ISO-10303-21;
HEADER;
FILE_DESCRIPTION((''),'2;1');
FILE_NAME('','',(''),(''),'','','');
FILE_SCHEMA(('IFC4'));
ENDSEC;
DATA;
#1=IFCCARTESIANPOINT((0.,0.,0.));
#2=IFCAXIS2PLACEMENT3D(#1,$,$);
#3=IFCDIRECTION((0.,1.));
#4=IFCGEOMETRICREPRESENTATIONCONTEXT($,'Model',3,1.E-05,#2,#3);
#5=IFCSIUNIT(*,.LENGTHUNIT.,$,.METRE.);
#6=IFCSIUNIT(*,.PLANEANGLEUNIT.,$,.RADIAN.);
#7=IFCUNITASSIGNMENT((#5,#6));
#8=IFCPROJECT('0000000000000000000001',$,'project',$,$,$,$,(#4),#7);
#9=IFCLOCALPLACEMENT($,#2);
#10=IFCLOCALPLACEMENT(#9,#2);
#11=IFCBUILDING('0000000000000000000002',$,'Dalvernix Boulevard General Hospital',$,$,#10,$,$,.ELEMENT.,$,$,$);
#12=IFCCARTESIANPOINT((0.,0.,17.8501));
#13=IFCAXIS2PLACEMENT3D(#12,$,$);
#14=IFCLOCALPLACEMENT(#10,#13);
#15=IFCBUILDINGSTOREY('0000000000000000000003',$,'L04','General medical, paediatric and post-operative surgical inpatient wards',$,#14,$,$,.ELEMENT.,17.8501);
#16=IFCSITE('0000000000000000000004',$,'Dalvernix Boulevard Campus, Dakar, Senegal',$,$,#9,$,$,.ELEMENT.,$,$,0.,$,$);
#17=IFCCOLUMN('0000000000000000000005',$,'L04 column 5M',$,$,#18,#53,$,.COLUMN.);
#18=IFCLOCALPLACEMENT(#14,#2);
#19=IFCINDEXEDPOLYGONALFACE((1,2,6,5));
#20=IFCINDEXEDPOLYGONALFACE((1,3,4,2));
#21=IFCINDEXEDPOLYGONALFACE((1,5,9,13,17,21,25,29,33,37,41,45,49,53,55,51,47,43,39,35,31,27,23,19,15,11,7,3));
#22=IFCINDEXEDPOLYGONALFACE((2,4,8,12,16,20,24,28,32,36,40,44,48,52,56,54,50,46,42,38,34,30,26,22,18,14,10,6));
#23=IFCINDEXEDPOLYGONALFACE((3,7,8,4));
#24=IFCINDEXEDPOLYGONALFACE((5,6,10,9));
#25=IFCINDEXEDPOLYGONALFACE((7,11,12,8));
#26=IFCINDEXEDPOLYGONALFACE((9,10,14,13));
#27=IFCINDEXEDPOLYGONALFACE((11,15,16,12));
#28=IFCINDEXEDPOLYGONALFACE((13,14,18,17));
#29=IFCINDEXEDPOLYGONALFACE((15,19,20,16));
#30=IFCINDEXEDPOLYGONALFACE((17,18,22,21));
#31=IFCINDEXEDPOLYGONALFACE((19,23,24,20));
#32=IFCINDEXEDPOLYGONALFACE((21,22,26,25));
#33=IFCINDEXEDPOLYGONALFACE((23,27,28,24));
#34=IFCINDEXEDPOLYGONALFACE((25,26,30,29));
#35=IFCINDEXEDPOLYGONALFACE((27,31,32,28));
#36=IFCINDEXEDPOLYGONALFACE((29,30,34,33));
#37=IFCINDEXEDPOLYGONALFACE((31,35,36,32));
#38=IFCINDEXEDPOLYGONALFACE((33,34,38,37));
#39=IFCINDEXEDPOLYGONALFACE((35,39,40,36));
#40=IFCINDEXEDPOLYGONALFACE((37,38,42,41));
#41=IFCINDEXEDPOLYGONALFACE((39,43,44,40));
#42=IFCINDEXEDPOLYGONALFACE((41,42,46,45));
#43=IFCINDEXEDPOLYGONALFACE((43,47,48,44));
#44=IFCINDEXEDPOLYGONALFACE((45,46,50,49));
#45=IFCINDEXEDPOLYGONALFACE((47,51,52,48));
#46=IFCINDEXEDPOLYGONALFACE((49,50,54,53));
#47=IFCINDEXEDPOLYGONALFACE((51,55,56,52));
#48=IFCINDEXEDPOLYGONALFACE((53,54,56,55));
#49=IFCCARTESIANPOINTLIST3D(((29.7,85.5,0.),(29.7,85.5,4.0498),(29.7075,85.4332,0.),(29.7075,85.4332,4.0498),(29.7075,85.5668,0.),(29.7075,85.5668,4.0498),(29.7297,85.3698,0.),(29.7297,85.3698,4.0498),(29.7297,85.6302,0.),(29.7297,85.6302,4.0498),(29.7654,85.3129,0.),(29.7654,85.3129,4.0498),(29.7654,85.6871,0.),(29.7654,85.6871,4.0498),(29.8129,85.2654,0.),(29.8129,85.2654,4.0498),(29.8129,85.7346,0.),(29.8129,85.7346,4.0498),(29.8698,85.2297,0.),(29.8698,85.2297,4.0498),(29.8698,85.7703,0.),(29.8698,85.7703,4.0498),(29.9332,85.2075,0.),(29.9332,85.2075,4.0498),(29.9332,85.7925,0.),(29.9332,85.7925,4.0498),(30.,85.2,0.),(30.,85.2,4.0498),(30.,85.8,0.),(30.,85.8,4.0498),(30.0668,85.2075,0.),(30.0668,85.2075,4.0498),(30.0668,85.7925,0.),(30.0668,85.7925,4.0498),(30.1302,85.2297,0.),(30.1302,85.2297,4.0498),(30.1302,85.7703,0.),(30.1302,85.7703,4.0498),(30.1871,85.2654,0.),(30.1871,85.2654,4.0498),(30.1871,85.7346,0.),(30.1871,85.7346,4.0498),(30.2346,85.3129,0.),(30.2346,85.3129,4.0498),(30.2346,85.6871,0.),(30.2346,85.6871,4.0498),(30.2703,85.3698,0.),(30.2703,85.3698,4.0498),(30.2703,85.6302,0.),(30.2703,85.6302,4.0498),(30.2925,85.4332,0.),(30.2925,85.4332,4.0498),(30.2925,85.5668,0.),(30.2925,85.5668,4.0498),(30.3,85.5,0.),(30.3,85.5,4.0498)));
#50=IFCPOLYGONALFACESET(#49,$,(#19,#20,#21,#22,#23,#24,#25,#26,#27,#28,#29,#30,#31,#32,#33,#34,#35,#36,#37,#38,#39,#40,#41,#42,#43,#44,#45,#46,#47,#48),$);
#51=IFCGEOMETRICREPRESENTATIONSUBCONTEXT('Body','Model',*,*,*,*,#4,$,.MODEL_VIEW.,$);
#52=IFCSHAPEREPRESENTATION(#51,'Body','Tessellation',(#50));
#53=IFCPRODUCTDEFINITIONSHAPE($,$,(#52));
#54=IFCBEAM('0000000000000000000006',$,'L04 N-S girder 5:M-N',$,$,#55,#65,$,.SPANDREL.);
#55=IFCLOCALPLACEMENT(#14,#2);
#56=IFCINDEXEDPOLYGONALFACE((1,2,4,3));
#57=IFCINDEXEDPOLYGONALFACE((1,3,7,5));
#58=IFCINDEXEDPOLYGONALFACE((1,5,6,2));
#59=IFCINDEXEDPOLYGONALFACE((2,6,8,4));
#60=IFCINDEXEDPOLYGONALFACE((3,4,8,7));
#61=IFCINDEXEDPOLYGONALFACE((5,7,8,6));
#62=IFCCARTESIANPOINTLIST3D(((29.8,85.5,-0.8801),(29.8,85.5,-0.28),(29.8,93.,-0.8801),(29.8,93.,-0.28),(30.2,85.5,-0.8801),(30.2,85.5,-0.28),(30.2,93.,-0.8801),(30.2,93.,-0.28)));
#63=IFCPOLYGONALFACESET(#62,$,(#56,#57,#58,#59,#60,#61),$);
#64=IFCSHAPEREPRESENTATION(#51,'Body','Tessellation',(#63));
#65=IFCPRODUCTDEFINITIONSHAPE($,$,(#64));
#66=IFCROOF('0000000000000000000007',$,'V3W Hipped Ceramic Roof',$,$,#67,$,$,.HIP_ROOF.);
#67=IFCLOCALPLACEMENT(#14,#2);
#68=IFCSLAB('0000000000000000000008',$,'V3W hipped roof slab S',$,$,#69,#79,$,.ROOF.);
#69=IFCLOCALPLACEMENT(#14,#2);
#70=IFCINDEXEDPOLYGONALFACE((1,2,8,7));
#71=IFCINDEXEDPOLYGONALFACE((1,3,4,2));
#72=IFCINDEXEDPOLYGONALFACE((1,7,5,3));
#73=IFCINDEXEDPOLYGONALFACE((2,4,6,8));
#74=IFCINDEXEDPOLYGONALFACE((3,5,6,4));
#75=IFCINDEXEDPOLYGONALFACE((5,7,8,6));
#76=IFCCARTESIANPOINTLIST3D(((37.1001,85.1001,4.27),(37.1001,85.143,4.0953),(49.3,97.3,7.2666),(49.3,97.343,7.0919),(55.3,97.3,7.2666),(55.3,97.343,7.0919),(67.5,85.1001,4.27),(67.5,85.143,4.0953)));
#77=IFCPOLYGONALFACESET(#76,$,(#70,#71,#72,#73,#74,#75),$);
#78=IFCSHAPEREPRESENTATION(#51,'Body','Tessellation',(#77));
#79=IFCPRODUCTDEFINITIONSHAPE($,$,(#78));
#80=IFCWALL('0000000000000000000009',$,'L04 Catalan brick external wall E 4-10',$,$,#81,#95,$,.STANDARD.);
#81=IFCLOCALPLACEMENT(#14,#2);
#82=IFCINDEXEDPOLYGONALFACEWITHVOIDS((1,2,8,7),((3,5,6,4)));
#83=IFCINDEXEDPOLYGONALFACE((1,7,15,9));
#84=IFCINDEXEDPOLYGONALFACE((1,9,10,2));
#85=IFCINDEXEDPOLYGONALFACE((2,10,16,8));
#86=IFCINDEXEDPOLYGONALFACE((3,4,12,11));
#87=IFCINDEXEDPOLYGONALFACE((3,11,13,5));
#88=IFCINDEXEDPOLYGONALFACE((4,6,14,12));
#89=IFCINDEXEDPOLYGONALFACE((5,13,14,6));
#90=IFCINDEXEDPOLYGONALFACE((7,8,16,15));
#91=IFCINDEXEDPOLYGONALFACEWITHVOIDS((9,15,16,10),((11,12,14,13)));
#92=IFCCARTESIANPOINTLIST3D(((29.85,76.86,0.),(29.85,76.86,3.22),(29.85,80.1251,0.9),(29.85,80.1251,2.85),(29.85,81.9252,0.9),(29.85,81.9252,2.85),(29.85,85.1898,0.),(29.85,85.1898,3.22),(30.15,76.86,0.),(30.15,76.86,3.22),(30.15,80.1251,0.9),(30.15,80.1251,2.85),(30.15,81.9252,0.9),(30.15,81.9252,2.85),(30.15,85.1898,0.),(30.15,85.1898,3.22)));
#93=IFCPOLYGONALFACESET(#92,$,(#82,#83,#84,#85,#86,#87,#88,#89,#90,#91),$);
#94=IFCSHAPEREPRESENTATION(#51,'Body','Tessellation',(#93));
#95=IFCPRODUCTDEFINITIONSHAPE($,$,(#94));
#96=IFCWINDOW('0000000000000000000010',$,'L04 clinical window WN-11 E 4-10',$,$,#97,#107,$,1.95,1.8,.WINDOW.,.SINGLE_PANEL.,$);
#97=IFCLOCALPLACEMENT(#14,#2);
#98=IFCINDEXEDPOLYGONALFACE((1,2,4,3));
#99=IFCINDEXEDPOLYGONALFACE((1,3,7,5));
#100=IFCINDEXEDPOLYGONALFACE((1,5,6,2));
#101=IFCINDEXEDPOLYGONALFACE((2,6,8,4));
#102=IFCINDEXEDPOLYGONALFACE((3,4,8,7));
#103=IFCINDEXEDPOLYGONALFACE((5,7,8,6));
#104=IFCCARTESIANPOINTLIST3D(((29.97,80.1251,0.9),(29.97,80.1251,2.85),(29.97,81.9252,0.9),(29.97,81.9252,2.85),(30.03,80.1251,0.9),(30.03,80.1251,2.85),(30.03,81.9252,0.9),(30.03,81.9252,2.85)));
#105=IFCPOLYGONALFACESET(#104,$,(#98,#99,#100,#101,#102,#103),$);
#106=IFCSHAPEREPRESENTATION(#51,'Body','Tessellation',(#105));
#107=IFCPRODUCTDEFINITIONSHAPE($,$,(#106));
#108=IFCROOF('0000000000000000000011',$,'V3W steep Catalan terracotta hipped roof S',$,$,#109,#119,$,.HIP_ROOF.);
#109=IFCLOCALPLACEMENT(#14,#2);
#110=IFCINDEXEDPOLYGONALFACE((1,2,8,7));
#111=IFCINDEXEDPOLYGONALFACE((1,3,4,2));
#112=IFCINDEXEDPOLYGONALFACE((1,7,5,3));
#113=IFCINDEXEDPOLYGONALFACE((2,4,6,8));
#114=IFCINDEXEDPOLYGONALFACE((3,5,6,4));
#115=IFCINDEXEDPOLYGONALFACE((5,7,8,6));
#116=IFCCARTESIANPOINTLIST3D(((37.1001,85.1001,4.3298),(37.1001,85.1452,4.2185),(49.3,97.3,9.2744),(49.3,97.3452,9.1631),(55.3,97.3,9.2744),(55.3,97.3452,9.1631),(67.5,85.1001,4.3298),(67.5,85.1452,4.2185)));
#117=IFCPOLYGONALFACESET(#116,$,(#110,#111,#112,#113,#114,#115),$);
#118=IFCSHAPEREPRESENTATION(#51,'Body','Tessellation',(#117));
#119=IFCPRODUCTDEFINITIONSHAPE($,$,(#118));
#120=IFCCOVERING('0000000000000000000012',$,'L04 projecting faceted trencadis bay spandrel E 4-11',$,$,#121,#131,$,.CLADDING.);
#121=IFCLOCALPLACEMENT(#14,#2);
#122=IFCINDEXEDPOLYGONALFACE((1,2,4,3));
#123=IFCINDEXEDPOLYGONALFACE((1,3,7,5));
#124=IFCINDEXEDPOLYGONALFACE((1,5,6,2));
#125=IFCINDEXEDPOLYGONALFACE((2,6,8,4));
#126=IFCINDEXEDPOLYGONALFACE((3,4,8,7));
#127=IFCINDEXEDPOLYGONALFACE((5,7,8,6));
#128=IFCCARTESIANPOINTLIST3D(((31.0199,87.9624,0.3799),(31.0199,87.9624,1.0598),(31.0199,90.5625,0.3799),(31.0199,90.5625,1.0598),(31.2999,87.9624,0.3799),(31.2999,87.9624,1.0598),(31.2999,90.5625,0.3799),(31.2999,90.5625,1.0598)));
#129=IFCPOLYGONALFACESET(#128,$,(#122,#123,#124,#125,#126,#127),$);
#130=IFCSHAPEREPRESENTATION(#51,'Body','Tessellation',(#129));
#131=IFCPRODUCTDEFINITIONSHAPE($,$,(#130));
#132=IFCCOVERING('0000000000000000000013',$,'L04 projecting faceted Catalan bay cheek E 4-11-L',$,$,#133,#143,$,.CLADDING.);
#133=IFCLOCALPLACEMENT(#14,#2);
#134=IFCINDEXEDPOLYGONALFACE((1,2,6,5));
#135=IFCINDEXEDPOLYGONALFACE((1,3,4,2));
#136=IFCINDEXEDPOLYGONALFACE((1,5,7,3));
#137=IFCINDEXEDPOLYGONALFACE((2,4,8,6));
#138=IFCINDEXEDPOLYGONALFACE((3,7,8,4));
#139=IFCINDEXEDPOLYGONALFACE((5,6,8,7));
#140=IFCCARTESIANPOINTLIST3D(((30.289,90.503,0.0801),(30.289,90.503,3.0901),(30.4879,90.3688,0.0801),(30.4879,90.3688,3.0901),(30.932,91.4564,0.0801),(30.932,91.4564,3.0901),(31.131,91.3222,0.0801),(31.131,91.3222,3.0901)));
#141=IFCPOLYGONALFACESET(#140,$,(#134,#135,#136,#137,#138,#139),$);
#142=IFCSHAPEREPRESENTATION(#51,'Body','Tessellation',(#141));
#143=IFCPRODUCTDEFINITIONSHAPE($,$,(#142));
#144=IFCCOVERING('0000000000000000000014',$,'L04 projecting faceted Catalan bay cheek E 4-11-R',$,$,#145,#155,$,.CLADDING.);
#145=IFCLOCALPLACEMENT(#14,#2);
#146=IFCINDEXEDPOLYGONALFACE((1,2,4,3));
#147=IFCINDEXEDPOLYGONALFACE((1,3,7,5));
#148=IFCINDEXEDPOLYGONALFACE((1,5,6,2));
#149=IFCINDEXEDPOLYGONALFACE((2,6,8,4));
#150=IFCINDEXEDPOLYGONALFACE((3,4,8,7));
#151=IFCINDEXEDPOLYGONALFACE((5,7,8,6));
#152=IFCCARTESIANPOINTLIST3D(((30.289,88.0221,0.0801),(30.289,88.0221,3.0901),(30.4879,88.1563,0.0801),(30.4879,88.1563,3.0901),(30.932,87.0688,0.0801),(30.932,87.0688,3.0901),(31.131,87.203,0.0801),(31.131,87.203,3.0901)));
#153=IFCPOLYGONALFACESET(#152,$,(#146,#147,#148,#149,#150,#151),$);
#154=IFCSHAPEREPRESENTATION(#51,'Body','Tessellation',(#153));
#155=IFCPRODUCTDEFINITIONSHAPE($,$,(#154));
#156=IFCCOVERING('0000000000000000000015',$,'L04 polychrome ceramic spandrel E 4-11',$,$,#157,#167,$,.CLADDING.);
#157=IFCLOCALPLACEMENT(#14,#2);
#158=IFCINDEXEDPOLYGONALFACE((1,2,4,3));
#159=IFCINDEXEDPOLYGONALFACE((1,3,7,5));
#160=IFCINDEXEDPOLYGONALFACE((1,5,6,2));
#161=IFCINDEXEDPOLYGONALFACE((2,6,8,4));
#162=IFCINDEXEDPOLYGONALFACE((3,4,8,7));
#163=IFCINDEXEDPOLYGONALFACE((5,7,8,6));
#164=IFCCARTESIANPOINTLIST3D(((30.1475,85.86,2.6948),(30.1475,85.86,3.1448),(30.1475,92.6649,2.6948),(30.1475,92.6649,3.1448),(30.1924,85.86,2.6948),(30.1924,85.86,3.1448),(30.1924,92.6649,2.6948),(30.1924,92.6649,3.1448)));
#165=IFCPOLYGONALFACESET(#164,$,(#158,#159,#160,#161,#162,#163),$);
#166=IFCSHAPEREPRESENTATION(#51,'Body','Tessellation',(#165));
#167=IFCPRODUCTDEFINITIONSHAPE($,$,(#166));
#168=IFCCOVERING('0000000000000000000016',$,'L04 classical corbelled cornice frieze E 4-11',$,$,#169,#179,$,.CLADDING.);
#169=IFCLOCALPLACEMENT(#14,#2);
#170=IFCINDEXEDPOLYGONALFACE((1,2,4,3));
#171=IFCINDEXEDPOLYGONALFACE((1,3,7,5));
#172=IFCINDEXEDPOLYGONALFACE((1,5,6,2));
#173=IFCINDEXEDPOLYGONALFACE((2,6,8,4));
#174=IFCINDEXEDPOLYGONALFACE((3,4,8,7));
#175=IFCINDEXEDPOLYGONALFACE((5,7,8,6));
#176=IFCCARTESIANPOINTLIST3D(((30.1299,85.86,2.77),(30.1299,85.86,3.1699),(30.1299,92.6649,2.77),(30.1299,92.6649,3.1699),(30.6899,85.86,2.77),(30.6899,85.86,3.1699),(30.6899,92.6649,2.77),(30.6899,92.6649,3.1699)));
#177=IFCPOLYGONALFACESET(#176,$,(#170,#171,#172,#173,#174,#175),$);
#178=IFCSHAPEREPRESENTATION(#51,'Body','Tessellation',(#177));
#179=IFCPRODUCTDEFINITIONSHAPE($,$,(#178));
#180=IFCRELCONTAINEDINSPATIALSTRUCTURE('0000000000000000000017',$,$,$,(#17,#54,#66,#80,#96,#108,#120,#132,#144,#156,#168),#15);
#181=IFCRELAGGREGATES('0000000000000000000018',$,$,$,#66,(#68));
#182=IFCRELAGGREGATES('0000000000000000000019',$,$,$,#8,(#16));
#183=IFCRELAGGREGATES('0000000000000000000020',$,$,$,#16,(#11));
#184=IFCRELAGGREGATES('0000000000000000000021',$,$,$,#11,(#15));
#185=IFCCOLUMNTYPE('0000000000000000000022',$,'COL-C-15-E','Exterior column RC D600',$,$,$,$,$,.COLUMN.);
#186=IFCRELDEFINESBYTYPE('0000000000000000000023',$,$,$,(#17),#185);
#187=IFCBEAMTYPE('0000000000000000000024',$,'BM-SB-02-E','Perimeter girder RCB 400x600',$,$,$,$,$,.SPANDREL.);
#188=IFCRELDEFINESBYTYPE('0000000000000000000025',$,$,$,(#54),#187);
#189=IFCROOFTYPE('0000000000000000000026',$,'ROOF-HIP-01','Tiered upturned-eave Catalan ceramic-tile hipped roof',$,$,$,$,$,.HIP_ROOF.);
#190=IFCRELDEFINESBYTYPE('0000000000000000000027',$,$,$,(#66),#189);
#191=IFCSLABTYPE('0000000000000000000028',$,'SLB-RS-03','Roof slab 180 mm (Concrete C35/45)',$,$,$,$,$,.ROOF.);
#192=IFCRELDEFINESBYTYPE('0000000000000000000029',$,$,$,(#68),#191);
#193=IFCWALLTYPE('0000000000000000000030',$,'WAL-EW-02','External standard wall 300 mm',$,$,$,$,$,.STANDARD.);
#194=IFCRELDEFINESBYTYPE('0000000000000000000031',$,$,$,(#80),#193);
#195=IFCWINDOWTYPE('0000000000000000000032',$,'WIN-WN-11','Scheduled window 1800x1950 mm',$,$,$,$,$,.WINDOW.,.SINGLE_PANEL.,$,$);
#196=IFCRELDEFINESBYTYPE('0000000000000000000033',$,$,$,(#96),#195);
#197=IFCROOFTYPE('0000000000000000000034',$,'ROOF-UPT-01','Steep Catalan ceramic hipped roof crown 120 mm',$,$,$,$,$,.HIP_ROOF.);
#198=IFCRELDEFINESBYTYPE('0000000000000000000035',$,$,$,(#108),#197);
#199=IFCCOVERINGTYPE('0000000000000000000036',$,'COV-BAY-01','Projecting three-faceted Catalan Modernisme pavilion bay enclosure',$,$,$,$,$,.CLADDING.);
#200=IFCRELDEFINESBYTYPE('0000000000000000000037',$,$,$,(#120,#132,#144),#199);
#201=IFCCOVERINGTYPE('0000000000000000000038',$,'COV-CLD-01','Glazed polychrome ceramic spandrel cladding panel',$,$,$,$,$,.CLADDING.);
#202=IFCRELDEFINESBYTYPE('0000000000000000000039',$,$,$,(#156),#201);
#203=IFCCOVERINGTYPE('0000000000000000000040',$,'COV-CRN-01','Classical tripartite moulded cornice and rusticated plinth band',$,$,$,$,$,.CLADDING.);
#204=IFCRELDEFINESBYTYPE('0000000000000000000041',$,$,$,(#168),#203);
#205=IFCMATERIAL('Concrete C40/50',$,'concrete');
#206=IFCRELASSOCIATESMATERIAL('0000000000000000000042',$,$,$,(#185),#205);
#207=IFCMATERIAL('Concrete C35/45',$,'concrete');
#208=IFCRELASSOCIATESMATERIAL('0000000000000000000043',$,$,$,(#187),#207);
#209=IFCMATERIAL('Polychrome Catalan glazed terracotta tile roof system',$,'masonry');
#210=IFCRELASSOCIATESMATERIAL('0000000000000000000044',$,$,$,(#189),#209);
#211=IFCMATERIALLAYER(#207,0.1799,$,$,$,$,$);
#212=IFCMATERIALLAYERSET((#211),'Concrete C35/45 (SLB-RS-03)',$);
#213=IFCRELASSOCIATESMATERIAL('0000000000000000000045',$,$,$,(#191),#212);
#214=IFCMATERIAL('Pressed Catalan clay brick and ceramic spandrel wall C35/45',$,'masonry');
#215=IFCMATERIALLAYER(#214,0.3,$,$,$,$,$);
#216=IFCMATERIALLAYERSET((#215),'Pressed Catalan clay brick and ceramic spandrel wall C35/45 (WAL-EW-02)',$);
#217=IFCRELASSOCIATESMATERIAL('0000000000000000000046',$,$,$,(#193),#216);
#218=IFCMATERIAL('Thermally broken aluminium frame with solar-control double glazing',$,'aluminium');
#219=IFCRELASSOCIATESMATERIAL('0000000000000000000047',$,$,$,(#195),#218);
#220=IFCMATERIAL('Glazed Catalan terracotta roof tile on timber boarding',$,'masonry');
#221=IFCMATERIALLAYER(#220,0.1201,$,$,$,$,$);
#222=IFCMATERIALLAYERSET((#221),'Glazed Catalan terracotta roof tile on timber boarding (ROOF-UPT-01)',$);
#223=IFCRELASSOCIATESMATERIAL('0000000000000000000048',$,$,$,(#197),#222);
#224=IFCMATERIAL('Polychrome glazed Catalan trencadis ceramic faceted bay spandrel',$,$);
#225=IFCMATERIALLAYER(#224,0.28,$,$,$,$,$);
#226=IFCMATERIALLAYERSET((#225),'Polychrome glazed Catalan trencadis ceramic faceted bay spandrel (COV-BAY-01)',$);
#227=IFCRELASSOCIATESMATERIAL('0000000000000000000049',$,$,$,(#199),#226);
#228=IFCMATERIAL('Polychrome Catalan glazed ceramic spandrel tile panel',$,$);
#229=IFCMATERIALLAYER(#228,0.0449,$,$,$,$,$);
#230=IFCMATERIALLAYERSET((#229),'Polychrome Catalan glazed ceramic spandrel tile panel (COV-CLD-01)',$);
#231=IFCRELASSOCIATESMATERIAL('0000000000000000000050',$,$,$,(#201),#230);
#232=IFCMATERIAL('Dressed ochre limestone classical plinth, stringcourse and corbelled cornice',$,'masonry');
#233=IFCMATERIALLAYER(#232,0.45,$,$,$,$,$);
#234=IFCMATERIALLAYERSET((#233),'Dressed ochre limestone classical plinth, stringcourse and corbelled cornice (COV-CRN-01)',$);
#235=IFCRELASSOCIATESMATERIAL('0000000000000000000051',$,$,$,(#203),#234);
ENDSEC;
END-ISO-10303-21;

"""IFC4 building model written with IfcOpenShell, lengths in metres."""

from ifc_helpers import new_model, si_unit, direction, frame, frame_2d, origin, origin_2d, place, context, subcontext, project, spatial, polyline, rectangle, circle, outline, extrude, material, layer, layer_set, material_profile, profile_set, type_object, element, fill, aggregate, save


model = new_model("IFC4")

# Units and contexts
model_context = context("Model", 3, precision=1e-05, world=origin(), true_north=direction((0.0, 1.0)))
body_context = subcontext(model_context, "Body", "Model", "MODEL_VIEW")
ifc_project = project(units=[si_unit("LENGTHUNIT", "METRE"), si_unit("PLANEANGLEUNIT", "RADIAN")], contexts=[model_context])

# Site, building, storey
site_placement = place(None, origin())
site = spatial("IfcSite", under=ifc_project, at=site_placement, Name="Dalvernix Boulevard Campus, Dakar, Senegal", CompositionType="ELEMENT", RefElevation=0.0)
building_placement = place(site_placement, origin())
building = spatial("IfcBuilding", under=site, at=building_placement, Name="Dalvernix Boulevard General Hospital", CompositionType="ELEMENT")
storey_placement = place(building_placement, frame((0.0, 0.0, 17.8501)))
storey = spatial("IfcBuildingStorey", under=building, at=storey_placement, Name="L04", Description="General medical, paediatric and post-operative surgical inpatient wards", CompositionType="ELEMENT", Elevation=17.8501)

# Column
ifc_material_1 = material(Name="Concrete C40/50", Category="concrete")
ifc_material_profile_1 = material_profile(ifc_material_1, circle(Radius=0.3, at=origin_2d()), Name="RC D600")
ifc_profile_set_1 = profile_set([ifc_material_profile_1], Name="Concrete C40/50")
column_type = type_object("IfcColumnType", Name="COL-C-15-E", Description="Exterior column RC D600", PredefinedType="COLUMN", material=ifc_profile_set_1)
column_placement = place(storey_placement, frame((30.0, 85.5, 0.0), z_axis=(0.0, 0.0, 1.0), x_axis=(1.0, 0.0, 0.0)))
element("IfcColumn", 1, at=column_placement, inside=storey, type_object=column_type, Name="L04 column 5M", PredefinedType="COLUMN", context=body_context, shape_type="SweptSolid", body=[
    extrude(circle(Radius=0.3, at=origin_2d()), origin(), (0.0, 0.0, 1.0), 4.0498),
])

# Beam
ifc_material_2 = material(Name="Concrete C35/45", Category="concrete")
ifc_material_profile_2 = material_profile(ifc_material_2, rectangle(XDim=0.3999, YDim=0.6001, at=origin_2d()), Name="RCB 400x600")
ifc_profile_set_2 = profile_set([ifc_material_profile_2], Name="Concrete C35/45")
beam_type = type_object("IfcBeamType", Name="BM-SB-02-E", Description="Perimeter girder RCB 400x600", PredefinedType="SPANDREL", material=ifc_profile_set_2)
beam_placement = place(storey_placement, frame((30.0, 85.5, -0.5801), z_axis=(0.0, 1.0, 0.0), x_axis=(-1.0, 0.0, 0.0)))
element("IfcBeam", 2, at=beam_placement, inside=storey, type_object=beam_type, Name="L04 N-S girder 5:M-N", PredefinedType="SPANDREL", context=body_context, shape_type="SweptSolid", body=[
    extrude(rectangle(XDim=0.3999, YDim=0.6001, at=origin_2d()), origin(), (0.0, 0.0, 1.0), 7.5),
])

# Roof, slab
ifc_material_3 = material(Name="Polychrome Catalan glazed terracotta tile roof system", Category="masonry")
roof_type_1 = type_object("IfcRoofType", Name="ROOF-HIP-01", Description="Tiered upturned-eave Catalan ceramic-tile hipped roof", PredefinedType="HIP_ROOF", material=ifc_material_3)
roof_1_placement = place(storey_placement, origin())
roof_1 = element("IfcRoof", 3, at=roof_1_placement, inside=storey, type_object=roof_type_1, Name="V3W Hipped Ceramic Roof", PredefinedType="HIP_ROOF")
ifc_layer_1 = layer(ifc_material_2, 0.1799)
ifc_layer_set_1 = layer_set([ifc_layer_1], Name="Concrete C35/45 (SLB-RS-03)")
slab_type = type_object("IfcSlabType", Name="SLB-RS-03", Description="Roof slab 180 mm (Concrete C35/45)", PredefinedType="ROOF", material=ifc_layer_set_1)
slab_placement = place(storey_placement, frame((37.1001, 85.1001, 4.27), z_axis=(0.0, -0.238532, 0.971135), x_axis=(1.0, 0.0, 0.0)))
slab = element("IfcSlab", 4, at=slab_placement, type_object=slab_type, Name="V3W hipped roof slab S", PredefinedType="ROOF", context=body_context, shape_type="SweptSolid", body=[
    extrude(outline(polyline([(0.0, 0.0), (30.3999, 0.0), (18.2, 12.5626), (12.2, 12.5626), (0.0, 0.0)])), origin(), (0.0, 0.0, -1.0), 0.1799),
])
aggregate(roof_1, [slab])

# Wall, opening, window
ifc_material_4 = material(Name="Pressed Catalan clay brick and ceramic spandrel wall C35/45", Category="masonry")
ifc_layer_2 = layer(ifc_material_4, 0.3)
ifc_layer_set_2 = layer_set([ifc_layer_2], Name="Pressed Catalan clay brick and ceramic spandrel wall C35/45 (WAL-EW-02)")
wall_type = type_object("IfcWallType", Name="WAL-EW-02", Description="External standard wall 300 mm", PredefinedType="STANDARD", material=ifc_layer_set_2)
wall_placement = place(storey_placement, frame((30.0, 85.1899, 0.0), z_axis=(0.0, 0.0, 1.0), x_axis=(0.0, -1.0, 0.0)))
wall = element("IfcWall", 5, at=wall_placement, inside=storey, type_object=wall_type, Name="L04 Catalan brick external wall E 4-10", PredefinedType="STANDARD", context=body_context, shape_type="SweptSolid", body=[
    extrude(rectangle(XDim=8.3298, YDim=0.3, at=frame_2d((4.165, 0.0))), origin(), (0.0, 0.0, 1.0), 3.22),
])
opening_placement = place(wall_placement, frame((3.2649, 0.0, 0.8999)))
opening = element("IfcOpeningElement", 6, at=opening_placement, cuts=wall, PredefinedType="OPENING", context=body_context, shape_type="SweptSolid", body=[
    extrude(rectangle(XDim=1.8, YDim=1.95, at=frame_2d((0.8999, 0.9751))), frame((0.0, 0.1599, 0.0), z_axis=(0.0, -1.0, 0.0), x_axis=(1.0, 0.0, 0.0)), (0.0, 0.0, 1.0), 0.3201),
])
ifc_material_5 = material(Name="Thermally broken aluminium frame with solar-control double glazing", Category="aluminium")
window_type = type_object("IfcWindowType", Name="WIN-WN-11", Description="Scheduled window 1800x1950 mm", PartitioningType="SINGLE_PANEL", PredefinedType="WINDOW", material=ifc_material_5)
window_placement = place(opening_placement, origin())
window = element("IfcWindow", 7, at=window_placement, inside=storey, type_object=window_type, Name="L04 clinical window WN-11 E 4-10", OverallHeight=1.95, OverallWidth=1.8, PartitioningType="SINGLE_PANEL", PredefinedType="WINDOW", context=body_context, shape_type="SweptSolid", body=[
    extrude(rectangle(XDim=1.8, YDim=1.95, at=frame_2d((0.8999, 0.9751))), frame((0.0, 0.03, 0.0), z_axis=(0.0, -1.0, 0.0), x_axis=(1.0, 0.0, 0.0)), (0.0, 0.0, 1.0), 0.0601),
])
fill(opening, window)

# Roof
ifc_material_6 = material(Name="Glazed Catalan terracotta roof tile on timber boarding", Category="masonry")
ifc_layer_3 = layer(ifc_material_6, 0.1201)
ifc_layer_set_3 = layer_set([ifc_layer_3], Name="Glazed Catalan terracotta roof tile on timber boarding (ROOF-UPT-01)")
roof_type_2 = type_object("IfcRoofType", Name="ROOF-UPT-01", Description="Steep Catalan ceramic hipped roof crown 120 mm", PredefinedType="HIP_ROOF", material=ifc_layer_set_3)
roof_2_placement = place(storey_placement, frame((37.1001, 85.1001, 4.3298), z_axis=(0.0, -0.375617, 0.926775), x_axis=(1.0, 0.0, 0.0)))
element("IfcRoof", 8, at=roof_2_placement, inside=storey, type_object=roof_type_2, Name="V3W steep Catalan terracotta hipped roof S", PredefinedType="HIP_ROOF", context=body_context, shape_type="SweptSolid", body=[
    extrude(outline(polyline([(0.0, 0.0), (30.3999, 0.0), (18.2, 13.1639), (12.2, 13.1639), (0.0, 0.0)])), origin(), (0.0, 0.0, -1.0), 0.1201),
])

# Coverings
ifc_material_7 = material(Name="Polychrome glazed Catalan trencadis ceramic faceted bay spandrel")
ifc_layer_4 = layer(ifc_material_7, 0.28)
ifc_layer_set_4 = layer_set([ifc_layer_4], Name="Polychrome glazed Catalan trencadis ceramic faceted bay spandrel (COV-BAY-01)")
covering_type_1 = type_object("IfcCoveringType", Name="COV-BAY-01", Description="Projecting three-faceted Catalan Modernisme pavilion bay enclosure", PredefinedType="CLADDING", material=ifc_layer_set_4)
covering_1_placement = place(storey_placement, frame((31.1599, 89.2625, 0.3799), z_axis=(0.0, 0.0, 1.0), x_axis=(0.0, -1.0, 0.0)))
element("IfcCovering", 9, at=covering_1_placement, inside=storey, type_object=covering_type_1, Name="L04 projecting faceted trencadis bay spandrel E 4-11", PredefinedType="CLADDING", context=body_context, shape_type="SweptSolid", body=[
    extrude(rectangle(XDim=2.6001, YDim=0.28, at=origin_2d()), origin(), (0.0, 0.0, 1.0), 0.6799),
])
for number, where, z_axis, x_axis, name in (
    (10, (30.71, 90.9126, 0.0801), (0.0, 0.0, 1.0), (-0.559193, -0.829038, 0.0), "L04 projecting faceted Catalan bay cheek E 4-11-L"),
    (11, (30.71, 87.6125, 0.0801), (0.0, 0.0, 1.0), (0.559193, -0.829038, 0.0), "L04 projecting faceted Catalan bay cheek E 4-11-R"),
):
    element("IfcCovering", number, at=place(storey_placement, frame(where, z_axis=z_axis, x_axis=x_axis)), inside=storey, type_object=covering_type_1, Name=name, PredefinedType="CLADDING", context=body_context, shape_type="SweptSolid", body=[
        extrude(rectangle(XDim=1.1499, YDim=0.24, at=origin_2d()), origin(), (0.0, 0.0, 1.0), 3.01),
    ])
ifc_material_8 = material(Name="Polychrome Catalan glazed ceramic spandrel tile panel")
ifc_layer_5 = layer(ifc_material_8, 0.0449)
ifc_layer_set_5 = layer_set([ifc_layer_5], Name="Polychrome Catalan glazed ceramic spandrel tile panel (COV-CLD-01)")
covering_type_2 = type_object("IfcCoveringType", Name="COV-CLD-01", Description="Glazed polychrome ceramic spandrel cladding panel", PredefinedType="CLADDING", material=ifc_layer_set_5)
covering_2_placement = place(storey_placement, frame((30.1699, 89.2625, 2.6948), z_axis=(0.0, 0.0, 1.0), x_axis=(0.0, -1.0, 0.0)))
element("IfcCovering", 12, at=covering_2_placement, inside=storey, type_object=covering_type_2, Name="L04 polychrome ceramic spandrel E 4-11", PredefinedType="CLADDING", context=body_context, shape_type="SweptSolid", body=[
    extrude(rectangle(XDim=6.8049, YDim=0.0449, at=origin_2d()), origin(), (0.0, 0.0, 1.0), 0.45),
])
ifc_material_9 = material(Name="Dressed ochre limestone classical plinth, stringcourse and corbelled cornice", Category="masonry")
ifc_layer_6 = layer(ifc_material_9, 0.45)
ifc_layer_set_6 = layer_set([ifc_layer_6], Name="Dressed ochre limestone classical plinth, stringcourse and corbelled cornice (COV-CRN-01)")
covering_type_3 = type_object("IfcCoveringType", Name="COV-CRN-01", Description="Classical tripartite moulded cornice and rusticated plinth band", PredefinedType="CLADDING", material=ifc_layer_set_6)
covering_3_placement = place(storey_placement, frame((30.4099, 89.2625, 2.77), z_axis=(0.0, 0.0, 1.0), x_axis=(0.0, -1.0, 0.0)))
element("IfcCovering", 13, at=covering_3_placement, inside=storey, type_object=covering_type_3, Name="L04 classical corbelled cornice frieze E 4-11", PredefinedType="CLADDING", context=body_context, shape_type="SweptSolid", body=[
    extrude(rectangle(XDim=6.8049, YDim=0.5601, at=origin_2d()), origin(), (0.0, 0.0, 1.0), 0.3999),
])

save(model, "model.ifc")
